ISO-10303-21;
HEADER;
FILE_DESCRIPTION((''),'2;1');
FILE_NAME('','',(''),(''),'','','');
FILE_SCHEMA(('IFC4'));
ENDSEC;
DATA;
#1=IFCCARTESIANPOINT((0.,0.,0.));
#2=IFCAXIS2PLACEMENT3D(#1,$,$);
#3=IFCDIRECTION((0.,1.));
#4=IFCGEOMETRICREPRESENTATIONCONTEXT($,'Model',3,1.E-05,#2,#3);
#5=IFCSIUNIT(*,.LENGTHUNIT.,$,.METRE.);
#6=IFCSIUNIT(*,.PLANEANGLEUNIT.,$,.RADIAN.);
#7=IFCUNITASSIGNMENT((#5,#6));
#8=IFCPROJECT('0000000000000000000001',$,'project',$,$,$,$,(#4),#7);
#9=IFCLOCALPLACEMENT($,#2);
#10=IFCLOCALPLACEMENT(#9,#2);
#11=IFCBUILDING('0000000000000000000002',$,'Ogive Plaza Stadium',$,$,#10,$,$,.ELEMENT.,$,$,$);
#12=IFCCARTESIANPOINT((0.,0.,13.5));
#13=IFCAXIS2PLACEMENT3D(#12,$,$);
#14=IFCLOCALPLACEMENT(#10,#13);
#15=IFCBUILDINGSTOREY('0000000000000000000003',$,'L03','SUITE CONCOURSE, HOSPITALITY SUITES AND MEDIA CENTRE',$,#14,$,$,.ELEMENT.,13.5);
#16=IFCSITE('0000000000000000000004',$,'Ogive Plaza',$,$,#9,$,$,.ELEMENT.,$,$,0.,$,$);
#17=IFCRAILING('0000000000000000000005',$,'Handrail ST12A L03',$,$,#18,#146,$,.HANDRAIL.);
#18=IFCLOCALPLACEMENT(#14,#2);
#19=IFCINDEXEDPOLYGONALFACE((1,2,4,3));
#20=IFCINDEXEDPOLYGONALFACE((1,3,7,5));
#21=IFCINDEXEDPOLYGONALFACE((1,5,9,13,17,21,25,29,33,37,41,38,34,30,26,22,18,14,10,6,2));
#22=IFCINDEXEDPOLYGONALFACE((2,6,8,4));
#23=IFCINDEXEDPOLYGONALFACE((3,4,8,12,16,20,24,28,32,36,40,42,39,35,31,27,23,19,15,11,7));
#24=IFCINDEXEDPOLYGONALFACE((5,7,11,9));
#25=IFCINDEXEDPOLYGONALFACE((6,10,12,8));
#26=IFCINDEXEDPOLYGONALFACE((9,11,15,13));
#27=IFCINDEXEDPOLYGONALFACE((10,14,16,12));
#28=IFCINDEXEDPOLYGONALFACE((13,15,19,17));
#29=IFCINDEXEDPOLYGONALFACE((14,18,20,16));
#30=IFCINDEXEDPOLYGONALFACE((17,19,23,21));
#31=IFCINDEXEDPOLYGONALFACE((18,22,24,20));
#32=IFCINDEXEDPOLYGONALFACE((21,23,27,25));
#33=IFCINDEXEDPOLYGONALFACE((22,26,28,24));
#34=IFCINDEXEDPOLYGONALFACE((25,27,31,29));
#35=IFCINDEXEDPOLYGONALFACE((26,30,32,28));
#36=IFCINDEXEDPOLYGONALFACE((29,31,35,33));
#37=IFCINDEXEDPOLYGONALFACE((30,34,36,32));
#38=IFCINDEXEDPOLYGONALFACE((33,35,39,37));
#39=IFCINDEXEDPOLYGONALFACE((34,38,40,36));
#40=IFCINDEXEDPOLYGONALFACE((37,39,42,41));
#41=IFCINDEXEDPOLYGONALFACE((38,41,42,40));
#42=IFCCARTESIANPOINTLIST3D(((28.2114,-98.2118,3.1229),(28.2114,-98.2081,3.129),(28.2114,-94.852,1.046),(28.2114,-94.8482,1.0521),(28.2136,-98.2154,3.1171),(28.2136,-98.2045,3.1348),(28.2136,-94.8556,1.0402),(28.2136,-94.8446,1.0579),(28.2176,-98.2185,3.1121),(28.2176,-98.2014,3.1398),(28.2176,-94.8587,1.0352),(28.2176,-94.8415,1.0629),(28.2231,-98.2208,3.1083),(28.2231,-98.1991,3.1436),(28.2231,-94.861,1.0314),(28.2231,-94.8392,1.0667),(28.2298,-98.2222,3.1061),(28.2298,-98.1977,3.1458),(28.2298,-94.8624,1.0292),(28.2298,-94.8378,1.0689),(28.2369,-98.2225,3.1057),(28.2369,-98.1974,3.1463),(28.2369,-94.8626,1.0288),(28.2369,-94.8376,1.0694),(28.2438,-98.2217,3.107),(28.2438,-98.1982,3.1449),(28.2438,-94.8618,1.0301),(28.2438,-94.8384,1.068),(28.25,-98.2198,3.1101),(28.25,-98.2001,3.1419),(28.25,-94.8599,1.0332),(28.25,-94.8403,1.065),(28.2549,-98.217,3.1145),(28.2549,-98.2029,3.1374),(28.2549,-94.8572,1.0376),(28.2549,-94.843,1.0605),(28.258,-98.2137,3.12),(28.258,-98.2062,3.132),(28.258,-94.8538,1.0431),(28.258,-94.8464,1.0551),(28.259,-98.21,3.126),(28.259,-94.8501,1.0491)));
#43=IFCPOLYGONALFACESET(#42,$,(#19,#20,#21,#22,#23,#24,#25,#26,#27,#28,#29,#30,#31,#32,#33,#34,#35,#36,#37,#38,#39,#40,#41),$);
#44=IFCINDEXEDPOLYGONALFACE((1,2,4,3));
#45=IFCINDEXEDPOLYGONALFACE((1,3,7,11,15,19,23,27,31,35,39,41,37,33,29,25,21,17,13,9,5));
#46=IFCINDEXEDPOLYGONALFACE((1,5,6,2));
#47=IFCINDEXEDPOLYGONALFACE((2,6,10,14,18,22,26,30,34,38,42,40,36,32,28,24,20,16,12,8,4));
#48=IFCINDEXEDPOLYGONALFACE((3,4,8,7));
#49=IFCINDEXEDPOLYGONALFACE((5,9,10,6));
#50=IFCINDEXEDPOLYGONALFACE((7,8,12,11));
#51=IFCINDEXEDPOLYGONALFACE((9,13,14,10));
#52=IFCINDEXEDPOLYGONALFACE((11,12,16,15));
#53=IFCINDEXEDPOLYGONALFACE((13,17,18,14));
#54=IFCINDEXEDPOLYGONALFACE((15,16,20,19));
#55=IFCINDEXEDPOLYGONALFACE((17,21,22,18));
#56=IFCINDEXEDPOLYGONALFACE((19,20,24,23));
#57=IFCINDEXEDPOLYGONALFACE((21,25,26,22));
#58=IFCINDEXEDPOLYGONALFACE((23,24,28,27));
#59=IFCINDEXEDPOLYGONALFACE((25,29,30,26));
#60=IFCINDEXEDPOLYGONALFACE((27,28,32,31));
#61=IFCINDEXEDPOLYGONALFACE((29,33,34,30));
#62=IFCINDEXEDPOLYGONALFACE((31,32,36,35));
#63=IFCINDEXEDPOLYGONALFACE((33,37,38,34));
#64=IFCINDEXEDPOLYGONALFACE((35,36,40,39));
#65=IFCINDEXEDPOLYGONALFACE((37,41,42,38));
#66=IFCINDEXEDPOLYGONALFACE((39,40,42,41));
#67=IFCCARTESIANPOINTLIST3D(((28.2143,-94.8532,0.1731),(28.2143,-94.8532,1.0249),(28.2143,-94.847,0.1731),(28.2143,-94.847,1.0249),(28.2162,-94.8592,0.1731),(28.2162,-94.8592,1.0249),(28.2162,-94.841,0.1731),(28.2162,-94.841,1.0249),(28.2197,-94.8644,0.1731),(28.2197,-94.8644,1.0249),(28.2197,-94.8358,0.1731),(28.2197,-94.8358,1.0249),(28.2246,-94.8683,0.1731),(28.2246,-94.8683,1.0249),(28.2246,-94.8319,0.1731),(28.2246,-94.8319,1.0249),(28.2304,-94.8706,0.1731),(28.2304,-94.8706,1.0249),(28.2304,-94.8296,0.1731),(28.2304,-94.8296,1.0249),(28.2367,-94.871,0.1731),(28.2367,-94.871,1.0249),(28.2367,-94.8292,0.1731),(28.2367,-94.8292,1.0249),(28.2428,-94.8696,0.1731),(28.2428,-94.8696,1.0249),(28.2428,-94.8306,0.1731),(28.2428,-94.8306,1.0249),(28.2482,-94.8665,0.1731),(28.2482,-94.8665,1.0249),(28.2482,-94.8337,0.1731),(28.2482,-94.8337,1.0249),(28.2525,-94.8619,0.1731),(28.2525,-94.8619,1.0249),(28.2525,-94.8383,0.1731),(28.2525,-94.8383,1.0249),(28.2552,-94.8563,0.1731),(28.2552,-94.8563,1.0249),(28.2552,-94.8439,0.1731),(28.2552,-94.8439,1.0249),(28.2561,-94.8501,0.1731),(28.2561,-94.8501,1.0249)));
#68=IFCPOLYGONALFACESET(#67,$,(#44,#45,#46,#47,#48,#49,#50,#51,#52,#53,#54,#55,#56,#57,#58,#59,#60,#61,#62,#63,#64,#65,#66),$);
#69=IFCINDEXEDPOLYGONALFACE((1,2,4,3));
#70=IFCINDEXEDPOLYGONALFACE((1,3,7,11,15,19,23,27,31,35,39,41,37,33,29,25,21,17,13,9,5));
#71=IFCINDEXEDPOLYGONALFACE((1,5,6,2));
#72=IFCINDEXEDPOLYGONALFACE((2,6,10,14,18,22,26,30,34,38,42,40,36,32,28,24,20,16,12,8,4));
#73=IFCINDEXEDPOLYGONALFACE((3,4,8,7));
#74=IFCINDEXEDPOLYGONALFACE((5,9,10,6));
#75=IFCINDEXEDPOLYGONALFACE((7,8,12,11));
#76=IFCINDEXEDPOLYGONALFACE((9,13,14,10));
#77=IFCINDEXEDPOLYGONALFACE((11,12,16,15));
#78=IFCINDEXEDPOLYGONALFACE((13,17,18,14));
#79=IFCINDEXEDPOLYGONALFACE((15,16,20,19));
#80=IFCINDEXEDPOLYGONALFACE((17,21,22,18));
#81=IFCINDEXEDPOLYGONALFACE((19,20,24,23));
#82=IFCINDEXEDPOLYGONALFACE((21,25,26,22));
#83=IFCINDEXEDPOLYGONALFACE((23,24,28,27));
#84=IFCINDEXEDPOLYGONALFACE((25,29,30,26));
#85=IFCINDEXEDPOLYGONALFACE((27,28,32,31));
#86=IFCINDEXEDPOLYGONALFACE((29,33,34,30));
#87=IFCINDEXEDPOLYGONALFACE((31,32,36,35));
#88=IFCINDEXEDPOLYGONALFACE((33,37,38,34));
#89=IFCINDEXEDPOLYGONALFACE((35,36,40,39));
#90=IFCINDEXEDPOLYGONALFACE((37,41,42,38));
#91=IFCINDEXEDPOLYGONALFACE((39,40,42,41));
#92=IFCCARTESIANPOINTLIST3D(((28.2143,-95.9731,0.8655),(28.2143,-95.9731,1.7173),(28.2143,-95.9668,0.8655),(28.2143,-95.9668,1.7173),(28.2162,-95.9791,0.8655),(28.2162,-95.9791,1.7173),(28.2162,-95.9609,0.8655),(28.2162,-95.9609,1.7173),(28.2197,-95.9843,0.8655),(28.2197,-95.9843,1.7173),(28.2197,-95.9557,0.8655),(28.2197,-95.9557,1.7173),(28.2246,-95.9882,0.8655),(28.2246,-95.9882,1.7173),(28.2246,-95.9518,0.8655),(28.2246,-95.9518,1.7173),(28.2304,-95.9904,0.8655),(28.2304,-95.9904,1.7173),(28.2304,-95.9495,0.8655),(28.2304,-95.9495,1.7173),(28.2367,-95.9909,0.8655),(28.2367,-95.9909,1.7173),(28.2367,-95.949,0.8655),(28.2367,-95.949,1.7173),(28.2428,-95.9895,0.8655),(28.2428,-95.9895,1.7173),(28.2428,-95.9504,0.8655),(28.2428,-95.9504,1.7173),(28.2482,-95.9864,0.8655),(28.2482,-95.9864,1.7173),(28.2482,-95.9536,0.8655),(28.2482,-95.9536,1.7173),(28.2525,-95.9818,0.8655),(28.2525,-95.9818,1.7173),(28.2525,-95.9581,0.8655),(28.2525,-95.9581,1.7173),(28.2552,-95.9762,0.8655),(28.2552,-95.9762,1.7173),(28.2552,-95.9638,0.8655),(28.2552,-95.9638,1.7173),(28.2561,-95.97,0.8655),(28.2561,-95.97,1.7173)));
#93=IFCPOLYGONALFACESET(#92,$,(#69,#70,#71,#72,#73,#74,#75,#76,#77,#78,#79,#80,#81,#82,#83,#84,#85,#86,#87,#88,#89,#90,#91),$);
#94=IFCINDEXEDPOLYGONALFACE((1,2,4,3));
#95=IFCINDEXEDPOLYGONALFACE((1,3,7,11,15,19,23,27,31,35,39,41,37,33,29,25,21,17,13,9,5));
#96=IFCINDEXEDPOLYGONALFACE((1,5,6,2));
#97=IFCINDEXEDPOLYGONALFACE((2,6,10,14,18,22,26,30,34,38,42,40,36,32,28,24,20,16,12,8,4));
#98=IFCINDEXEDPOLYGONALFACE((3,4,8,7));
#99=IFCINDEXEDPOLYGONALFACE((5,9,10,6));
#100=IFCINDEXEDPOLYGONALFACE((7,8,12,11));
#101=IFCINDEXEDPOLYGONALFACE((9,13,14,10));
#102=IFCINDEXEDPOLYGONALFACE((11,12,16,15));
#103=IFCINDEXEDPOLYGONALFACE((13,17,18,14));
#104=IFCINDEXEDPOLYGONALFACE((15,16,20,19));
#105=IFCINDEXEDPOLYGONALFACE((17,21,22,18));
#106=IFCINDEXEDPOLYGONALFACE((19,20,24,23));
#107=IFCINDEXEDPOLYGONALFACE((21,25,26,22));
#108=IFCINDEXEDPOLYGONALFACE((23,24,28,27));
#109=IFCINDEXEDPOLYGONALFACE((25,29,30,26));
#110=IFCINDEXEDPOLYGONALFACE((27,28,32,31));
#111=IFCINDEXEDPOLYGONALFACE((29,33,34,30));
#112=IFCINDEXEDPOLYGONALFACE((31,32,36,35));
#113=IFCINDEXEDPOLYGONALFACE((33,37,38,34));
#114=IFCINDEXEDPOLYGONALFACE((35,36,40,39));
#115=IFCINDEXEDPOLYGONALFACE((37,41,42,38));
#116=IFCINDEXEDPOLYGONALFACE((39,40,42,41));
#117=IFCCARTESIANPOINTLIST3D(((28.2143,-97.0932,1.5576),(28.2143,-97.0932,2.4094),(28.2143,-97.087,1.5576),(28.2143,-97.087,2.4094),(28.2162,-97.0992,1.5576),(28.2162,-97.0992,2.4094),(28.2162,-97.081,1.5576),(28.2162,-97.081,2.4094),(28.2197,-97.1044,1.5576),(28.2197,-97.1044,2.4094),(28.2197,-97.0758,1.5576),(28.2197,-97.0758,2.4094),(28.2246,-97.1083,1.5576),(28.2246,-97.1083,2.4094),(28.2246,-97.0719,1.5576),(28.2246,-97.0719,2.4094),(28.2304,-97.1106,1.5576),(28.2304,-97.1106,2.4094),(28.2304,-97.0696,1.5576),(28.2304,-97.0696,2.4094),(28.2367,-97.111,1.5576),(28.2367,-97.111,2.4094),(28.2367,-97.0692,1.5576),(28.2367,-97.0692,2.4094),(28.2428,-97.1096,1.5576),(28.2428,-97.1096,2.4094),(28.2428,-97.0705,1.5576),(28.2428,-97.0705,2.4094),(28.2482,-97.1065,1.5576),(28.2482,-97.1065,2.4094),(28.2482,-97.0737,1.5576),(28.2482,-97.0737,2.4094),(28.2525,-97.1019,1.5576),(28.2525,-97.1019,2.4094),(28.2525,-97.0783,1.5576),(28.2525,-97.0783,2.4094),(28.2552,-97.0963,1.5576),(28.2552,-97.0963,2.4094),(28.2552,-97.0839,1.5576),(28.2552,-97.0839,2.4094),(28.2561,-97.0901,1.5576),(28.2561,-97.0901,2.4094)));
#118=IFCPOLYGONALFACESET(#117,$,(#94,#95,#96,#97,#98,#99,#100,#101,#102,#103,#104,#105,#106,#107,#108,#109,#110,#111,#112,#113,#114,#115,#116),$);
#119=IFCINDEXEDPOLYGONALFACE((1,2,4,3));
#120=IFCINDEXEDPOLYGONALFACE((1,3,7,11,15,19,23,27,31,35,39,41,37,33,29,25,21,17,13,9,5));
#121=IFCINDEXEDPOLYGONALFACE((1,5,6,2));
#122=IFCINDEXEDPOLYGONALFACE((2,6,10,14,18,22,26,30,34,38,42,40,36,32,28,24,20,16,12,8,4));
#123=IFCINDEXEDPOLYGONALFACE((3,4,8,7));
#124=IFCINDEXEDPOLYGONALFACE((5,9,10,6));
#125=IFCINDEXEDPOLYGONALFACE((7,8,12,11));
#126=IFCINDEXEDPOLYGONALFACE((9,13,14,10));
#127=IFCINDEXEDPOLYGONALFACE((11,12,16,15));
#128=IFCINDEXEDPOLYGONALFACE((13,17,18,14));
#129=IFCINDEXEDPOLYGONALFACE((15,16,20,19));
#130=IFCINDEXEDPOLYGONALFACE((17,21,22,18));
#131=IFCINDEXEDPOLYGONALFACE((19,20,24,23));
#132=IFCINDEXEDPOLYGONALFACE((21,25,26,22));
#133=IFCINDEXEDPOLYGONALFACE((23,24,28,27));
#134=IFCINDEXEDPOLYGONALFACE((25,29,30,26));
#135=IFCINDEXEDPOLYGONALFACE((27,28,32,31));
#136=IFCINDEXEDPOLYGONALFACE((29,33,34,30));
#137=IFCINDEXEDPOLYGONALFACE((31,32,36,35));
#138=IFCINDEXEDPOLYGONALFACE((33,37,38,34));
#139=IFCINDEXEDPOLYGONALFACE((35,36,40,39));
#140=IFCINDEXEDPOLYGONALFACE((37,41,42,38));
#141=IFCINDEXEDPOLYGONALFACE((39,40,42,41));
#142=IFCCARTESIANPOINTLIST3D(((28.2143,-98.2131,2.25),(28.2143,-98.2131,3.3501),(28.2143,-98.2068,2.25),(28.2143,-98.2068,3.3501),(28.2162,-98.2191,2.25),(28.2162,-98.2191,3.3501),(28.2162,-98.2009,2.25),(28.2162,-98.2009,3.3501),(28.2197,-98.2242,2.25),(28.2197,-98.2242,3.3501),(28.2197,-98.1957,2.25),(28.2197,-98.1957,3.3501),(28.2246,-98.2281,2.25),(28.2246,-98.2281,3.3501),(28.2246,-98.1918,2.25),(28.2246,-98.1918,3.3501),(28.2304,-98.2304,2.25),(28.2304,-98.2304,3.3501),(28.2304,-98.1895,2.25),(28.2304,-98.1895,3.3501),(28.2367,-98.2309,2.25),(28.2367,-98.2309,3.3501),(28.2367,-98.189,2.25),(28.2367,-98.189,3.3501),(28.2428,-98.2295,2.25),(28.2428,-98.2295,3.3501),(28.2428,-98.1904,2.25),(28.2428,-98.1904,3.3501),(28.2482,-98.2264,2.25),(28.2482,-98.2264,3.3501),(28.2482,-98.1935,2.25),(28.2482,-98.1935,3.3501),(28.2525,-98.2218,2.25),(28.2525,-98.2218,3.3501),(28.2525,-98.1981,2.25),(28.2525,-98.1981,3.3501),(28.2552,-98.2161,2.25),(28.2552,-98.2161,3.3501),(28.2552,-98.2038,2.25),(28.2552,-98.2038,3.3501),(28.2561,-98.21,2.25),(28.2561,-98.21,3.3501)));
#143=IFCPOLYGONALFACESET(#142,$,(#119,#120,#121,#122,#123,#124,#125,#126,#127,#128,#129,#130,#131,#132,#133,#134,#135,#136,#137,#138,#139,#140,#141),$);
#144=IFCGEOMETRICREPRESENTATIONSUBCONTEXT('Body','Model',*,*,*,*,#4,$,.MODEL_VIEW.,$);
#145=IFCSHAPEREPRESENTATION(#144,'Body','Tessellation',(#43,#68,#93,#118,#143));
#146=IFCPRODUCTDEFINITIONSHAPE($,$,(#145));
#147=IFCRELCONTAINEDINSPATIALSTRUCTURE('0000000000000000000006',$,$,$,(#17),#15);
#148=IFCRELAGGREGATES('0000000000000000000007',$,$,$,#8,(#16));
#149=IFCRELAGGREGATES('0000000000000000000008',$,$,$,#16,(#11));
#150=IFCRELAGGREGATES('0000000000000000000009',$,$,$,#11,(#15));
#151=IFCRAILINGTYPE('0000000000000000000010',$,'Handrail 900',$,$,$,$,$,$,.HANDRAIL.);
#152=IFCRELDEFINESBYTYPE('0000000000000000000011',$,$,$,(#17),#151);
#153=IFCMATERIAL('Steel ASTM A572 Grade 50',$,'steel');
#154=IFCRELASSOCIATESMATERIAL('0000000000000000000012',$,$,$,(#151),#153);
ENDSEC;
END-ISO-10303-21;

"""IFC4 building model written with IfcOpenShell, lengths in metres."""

from ifc_helpers import new_model, si_unit, direction, frame, origin, origin_2d, place, context, subcontext, project, spatial, circle, extrude, material, type_object, element, save


model = new_model("IFC4")

# Units and contexts
model_context = context("Model", 3, precision=1e-05, world=origin(), true_north=direction((0.0, 1.0)))
body_context = subcontext(model_context, "Body", "Model", "MODEL_VIEW")
ifc_project = project(units=[si_unit("LENGTHUNIT", "METRE"), si_unit("PLANEANGLEUNIT", "RADIAN")], contexts=[model_context])

# Site, building, storey
site_placement = place(None, origin())
site = spatial("IfcSite", under=ifc_project, at=site_placement, Name="Ogive Plaza", CompositionType="ELEMENT", RefElevation=0.0)
building_placement = place(site_placement, origin())
building = spatial("IfcBuilding", under=site, at=building_placement, Name="Ogive Plaza Stadium", CompositionType="ELEMENT")
storey_placement = place(building_placement, frame((0.0, 0.0, 13.5)))
storey = spatial("IfcBuildingStorey", under=building, at=storey_placement, Name="L03", Description="SUITE CONCOURSE, HOSPITALITY SUITES AND MEDIA CENTRE", CompositionType="ELEMENT", Elevation=13.5)

# Railing
ifc_material_1 = material(Name="Steel ASTM A572 Grade 50", Category="steel")
railing_type_1 = type_object("IfcRailingType", Name="Handrail 900", PredefinedType="HANDRAIL", material=ifc_material_1)
for number, where, name in (
    (1, (28.2351, -94.8501, 0.1731), "Handrail ST12A L03"),
):
    element("IfcRailing", number, at=place(storey_placement, frame(where)), inside=storey, type_object=railing_type_1, Name=name, PredefinedType="HANDRAIL", context=body_context, shape_type="SweptSolid", body=[
        extrude(circle(Radius=0.0239, at=origin_2d()), frame((0.0, 0.0, 0.876), z_axis=(0.0, -0.850606, 0.525803), x_axis=(1.0, 0.0, 0.0)), (0.0, 0.0, 1.0), 3.95),
        extrude(circle(Radius=0.021, at=origin_2d()), origin(), (0.0, 0.0, 1.0), 0.8518),
        extrude(circle(Radius=0.021, at=origin_2d()), frame((0.0, -1.1199, 0.6924)), (0.0, 0.0, 1.0), 0.8518),
        extrude(circle(Radius=0.021, at=origin_2d()), frame((0.0, -2.24, 1.3845)), (0.0, 0.0, 1.0), 0.8518),
        extrude(circle(Radius=0.021, at=origin_2d()), frame((0.0, -3.3599, 2.0769)), (0.0, 0.0, 1.0), 1.1001),
    ])

save(model, "model.ifc")
